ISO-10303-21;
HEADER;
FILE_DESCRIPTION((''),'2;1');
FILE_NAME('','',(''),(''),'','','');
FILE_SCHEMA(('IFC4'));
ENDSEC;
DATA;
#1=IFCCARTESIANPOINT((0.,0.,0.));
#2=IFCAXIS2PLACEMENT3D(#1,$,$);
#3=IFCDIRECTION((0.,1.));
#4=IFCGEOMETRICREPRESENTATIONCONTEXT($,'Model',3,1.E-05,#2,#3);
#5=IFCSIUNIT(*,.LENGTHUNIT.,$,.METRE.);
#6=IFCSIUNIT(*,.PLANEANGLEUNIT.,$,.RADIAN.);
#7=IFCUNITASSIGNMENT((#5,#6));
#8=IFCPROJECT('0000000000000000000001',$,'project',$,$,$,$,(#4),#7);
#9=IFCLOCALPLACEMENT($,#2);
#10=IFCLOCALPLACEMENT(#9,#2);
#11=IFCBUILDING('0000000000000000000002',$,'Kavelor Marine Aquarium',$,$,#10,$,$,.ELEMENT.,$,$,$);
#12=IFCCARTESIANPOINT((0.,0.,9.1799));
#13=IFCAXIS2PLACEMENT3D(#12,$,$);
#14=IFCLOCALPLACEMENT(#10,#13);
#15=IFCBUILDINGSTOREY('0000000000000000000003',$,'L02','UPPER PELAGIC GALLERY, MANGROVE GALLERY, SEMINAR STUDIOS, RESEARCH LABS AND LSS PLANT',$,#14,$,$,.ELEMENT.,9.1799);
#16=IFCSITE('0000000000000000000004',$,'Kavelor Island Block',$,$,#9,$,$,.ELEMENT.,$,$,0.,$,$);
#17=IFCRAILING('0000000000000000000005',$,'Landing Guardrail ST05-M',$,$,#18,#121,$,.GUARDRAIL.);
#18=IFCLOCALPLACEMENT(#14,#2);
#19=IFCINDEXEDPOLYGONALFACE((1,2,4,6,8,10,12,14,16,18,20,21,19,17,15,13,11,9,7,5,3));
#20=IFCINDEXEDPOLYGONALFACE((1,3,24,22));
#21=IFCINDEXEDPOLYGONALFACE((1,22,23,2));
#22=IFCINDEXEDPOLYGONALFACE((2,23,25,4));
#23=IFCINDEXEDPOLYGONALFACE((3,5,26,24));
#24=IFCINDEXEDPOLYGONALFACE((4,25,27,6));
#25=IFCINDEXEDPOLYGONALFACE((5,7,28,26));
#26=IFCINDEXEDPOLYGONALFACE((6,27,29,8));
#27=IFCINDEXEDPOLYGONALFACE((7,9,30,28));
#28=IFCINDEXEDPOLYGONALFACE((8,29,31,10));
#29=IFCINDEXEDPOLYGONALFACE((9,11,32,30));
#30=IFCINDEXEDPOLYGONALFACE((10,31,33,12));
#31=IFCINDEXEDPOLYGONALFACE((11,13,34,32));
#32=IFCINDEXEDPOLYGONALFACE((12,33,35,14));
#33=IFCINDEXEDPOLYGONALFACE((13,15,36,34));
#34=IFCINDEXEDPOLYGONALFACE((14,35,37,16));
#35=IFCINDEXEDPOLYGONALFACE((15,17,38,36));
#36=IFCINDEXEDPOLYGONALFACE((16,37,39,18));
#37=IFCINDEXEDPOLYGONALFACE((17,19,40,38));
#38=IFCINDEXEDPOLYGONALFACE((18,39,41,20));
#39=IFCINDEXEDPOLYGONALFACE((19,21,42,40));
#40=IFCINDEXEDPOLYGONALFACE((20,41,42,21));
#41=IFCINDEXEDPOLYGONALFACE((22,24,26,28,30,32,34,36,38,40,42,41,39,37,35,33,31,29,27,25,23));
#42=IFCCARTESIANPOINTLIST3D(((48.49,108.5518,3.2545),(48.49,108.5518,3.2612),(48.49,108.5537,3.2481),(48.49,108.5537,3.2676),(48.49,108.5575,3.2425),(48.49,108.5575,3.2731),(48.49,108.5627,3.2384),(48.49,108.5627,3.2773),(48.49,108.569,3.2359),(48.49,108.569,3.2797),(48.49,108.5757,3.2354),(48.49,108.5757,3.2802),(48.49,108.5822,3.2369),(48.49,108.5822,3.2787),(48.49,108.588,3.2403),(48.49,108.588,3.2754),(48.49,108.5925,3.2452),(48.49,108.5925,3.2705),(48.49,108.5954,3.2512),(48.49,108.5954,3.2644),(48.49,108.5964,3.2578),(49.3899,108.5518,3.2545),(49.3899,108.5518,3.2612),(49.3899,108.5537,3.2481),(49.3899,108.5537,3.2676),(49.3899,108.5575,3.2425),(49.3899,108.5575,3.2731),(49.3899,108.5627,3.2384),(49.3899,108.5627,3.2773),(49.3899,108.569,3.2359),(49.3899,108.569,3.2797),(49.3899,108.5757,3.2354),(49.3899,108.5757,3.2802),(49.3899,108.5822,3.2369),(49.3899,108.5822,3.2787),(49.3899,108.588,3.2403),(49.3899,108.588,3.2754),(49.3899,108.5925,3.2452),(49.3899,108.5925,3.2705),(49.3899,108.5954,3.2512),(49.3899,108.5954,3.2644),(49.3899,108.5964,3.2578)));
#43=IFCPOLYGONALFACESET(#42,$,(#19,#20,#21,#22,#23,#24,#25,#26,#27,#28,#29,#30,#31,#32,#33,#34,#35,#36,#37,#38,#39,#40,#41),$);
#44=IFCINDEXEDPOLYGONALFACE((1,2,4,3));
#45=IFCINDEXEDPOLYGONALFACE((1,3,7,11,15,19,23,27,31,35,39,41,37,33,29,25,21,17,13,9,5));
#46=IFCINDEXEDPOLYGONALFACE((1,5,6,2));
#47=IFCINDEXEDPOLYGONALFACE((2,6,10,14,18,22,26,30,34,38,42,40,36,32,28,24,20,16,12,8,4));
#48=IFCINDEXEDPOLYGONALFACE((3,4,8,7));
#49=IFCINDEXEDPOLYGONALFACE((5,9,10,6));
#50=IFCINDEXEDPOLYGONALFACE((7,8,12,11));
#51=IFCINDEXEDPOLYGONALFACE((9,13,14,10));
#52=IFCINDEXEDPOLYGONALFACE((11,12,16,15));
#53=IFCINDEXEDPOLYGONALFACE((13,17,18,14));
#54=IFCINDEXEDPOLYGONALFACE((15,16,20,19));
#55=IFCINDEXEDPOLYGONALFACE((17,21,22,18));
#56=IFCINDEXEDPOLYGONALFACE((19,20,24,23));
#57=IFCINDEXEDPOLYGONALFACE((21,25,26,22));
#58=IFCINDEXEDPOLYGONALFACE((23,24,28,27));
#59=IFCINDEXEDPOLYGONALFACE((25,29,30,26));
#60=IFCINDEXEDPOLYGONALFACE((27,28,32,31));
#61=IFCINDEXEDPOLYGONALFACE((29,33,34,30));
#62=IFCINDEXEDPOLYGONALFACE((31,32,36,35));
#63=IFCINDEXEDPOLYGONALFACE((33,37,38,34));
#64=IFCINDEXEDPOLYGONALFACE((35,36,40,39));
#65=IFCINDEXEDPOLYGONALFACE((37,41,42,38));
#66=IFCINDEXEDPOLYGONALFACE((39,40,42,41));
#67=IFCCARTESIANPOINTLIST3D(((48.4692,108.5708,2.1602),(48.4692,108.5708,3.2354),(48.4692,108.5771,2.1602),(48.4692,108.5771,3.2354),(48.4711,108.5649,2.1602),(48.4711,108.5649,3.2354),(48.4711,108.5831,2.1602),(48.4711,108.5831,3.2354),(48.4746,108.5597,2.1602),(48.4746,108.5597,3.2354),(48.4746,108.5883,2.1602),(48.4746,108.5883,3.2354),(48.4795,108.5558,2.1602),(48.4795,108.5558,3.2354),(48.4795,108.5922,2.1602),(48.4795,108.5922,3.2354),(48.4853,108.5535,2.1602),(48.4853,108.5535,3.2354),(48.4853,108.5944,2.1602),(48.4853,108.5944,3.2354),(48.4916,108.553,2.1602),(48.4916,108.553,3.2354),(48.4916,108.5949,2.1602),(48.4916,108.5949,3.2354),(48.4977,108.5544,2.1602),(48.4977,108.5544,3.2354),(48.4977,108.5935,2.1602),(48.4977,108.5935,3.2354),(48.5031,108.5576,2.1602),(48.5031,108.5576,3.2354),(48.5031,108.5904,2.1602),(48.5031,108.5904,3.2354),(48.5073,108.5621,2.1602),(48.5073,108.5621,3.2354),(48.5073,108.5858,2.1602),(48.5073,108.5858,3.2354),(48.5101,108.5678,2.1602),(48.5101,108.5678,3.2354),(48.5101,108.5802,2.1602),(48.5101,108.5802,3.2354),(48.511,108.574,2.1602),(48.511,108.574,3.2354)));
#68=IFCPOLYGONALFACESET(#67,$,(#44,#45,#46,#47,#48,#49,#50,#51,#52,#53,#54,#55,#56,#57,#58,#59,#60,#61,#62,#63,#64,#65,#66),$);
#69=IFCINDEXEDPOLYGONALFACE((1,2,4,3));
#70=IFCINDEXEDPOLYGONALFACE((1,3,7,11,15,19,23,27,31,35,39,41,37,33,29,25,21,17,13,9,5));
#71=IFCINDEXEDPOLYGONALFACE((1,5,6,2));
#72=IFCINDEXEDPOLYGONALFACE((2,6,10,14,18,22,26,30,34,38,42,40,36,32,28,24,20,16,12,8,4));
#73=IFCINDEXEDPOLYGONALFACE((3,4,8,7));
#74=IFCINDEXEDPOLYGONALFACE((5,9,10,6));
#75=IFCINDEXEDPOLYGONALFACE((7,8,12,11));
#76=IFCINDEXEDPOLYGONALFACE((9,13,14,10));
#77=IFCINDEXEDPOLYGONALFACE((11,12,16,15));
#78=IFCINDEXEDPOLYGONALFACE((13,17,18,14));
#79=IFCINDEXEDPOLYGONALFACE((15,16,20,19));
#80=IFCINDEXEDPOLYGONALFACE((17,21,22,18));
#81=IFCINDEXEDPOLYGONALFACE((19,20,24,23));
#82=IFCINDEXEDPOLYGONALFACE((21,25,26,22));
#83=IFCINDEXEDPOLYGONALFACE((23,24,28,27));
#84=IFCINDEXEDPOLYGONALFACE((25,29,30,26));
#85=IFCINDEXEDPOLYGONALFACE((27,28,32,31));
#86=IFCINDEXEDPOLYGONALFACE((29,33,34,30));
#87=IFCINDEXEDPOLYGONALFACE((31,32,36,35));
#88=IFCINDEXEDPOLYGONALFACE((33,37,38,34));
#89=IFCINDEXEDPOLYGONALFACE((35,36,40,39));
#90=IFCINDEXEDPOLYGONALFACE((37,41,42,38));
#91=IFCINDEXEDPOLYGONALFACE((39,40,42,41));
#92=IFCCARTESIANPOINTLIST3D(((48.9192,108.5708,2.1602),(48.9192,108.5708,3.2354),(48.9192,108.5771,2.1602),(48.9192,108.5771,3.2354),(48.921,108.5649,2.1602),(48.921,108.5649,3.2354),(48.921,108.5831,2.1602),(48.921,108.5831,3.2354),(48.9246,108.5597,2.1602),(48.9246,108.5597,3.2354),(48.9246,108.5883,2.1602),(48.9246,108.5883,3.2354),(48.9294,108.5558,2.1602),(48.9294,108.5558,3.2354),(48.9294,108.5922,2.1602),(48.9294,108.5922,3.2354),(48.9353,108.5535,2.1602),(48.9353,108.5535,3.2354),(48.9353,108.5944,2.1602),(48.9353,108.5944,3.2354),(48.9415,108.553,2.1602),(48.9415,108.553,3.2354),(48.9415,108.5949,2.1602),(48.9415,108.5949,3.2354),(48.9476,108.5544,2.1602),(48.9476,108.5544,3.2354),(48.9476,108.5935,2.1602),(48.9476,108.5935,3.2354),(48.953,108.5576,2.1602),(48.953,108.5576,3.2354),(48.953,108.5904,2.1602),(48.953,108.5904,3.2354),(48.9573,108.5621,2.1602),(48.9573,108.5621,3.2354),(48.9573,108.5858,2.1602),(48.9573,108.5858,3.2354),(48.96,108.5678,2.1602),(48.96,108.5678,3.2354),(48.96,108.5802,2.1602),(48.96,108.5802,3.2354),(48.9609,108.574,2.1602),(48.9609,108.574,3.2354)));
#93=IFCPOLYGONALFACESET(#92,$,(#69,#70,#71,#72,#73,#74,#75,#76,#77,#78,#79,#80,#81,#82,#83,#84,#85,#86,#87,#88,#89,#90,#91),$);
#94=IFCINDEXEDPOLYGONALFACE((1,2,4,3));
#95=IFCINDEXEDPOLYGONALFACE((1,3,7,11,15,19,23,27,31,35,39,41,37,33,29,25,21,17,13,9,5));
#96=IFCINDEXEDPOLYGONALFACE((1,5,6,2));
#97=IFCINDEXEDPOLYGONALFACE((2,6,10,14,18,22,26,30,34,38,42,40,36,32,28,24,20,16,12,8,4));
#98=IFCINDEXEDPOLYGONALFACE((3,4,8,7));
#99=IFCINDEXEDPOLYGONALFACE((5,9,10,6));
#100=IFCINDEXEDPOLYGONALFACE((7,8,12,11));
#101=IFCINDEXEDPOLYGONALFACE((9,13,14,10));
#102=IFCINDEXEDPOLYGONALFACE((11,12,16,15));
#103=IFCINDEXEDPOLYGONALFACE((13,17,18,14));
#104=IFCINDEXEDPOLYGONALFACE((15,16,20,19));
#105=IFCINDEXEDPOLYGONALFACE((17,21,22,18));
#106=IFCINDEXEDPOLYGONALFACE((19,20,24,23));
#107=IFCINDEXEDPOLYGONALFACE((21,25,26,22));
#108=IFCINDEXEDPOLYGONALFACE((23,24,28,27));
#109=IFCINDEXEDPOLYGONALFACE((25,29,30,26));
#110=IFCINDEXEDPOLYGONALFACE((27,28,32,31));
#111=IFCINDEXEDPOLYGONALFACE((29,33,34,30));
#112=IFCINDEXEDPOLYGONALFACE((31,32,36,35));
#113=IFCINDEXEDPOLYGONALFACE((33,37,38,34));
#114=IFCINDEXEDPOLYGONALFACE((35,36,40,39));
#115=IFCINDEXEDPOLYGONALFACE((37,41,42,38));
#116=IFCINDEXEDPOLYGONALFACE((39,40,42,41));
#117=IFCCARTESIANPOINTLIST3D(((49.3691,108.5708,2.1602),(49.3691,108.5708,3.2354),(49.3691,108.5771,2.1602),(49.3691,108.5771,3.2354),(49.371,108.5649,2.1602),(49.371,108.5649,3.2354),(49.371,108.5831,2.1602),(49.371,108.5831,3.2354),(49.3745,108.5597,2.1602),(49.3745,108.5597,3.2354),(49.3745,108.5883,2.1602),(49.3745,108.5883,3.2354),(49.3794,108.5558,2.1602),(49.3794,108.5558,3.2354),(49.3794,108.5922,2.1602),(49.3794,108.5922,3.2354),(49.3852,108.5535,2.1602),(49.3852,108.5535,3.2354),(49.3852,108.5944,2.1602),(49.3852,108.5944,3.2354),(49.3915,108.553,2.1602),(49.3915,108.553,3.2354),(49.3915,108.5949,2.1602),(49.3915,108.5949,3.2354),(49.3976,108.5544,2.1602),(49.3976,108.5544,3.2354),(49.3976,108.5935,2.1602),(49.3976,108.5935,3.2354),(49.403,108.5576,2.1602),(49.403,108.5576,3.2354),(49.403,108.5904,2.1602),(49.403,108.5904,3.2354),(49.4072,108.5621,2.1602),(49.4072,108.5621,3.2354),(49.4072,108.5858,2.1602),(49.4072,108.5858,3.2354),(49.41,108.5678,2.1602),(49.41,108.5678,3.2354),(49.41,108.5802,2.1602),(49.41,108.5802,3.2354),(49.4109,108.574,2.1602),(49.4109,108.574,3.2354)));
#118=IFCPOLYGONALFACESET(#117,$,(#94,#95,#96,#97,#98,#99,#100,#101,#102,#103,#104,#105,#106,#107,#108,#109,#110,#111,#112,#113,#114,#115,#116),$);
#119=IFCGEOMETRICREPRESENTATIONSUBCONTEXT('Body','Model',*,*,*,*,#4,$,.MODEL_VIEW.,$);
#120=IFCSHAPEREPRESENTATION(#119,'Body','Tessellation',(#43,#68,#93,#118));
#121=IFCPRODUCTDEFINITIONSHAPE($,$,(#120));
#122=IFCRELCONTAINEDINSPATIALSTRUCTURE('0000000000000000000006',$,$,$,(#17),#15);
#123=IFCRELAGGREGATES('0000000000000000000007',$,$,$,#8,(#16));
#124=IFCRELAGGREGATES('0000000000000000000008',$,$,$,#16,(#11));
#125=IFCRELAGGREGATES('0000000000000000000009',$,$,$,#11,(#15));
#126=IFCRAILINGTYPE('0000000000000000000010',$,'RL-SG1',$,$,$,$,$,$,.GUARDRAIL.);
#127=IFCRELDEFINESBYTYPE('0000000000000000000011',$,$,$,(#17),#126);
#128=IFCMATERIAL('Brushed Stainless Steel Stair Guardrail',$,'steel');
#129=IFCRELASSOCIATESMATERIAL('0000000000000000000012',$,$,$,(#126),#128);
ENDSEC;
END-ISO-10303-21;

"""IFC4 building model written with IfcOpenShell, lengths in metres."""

from ifc_helpers import new_model, si_unit, direction, frame, origin, origin_2d, place, context, subcontext, project, spatial, circle, extrude, material, type_object, element, save


model = new_model("IFC4")

# Units and contexts
model_context = context("Model", 3, precision=1e-05, world=origin(), true_north=direction((0.0, 1.0)))
body_context = subcontext(model_context, "Body", "Model", "MODEL_VIEW")
ifc_project = project(units=[si_unit("LENGTHUNIT", "METRE"), si_unit("PLANEANGLEUNIT", "RADIAN")], contexts=[model_context])

# Site, building, storey
site_placement = place(None, origin())
site = spatial("IfcSite", under=ifc_project, at=site_placement, Name="Kavelor Island Block", CompositionType="ELEMENT", RefElevation=0.0)
building_placement = place(site_placement, origin())
building = spatial("IfcBuilding", under=site, at=building_placement, Name="Kavelor Marine Aquarium", CompositionType="ELEMENT")
storey_placement = place(building_placement, frame((0.0, 0.0, 9.1799)))
storey = spatial("IfcBuildingStorey", under=building, at=storey_placement, Name="L02", Description="UPPER PELAGIC GALLERY, MANGROVE GALLERY, SEMINAR STUDIOS, RESEARCH LABS AND LSS PLANT", CompositionType="ELEMENT", Elevation=9.1799)

# Railing
ifc_material_1 = material(Name="Brushed Stainless Steel Stair Guardrail", Category="steel")
railing_type_1 = type_object("IfcRailingType", Name="RL-SG1", PredefinedType="GUARDRAIL", material=ifc_material_1)
railing_1_placement = place(storey_placement, frame((48.49, 108.574, 2.1602)))
element("IfcRailing", 1, at=railing_1_placement, inside=storey, type_object=railing_type_1, Name="Landing Guardrail ST05-M", PredefinedType="GUARDRAIL", context=body_context, shape_type="SweptSolid", body=[
    extrude(circle(Radius=0.0225, at=origin_2d()), frame((0.0, 0.0, 1.0977), z_axis=(1.0, 0.0, 0.0), x_axis=(0.0, 1.0, 0.0)), (0.0, 0.0, 1.0), 0.8999),
    extrude(circle(Radius=0.021, at=origin_2d()), origin(), (0.0, 0.0, 1.0), 1.0752),
    extrude(circle(Radius=0.021, at=origin_2d()), frame((0.45, 0.0, 0.0)), (0.0, 0.0, 1.0), 1.0752),
    extrude(circle(Radius=0.021, at=origin_2d()), frame((0.8999, 0.0, 0.0)), (0.0, 0.0, 1.0), 1.0752),
])

save(model, "model.ifc")
